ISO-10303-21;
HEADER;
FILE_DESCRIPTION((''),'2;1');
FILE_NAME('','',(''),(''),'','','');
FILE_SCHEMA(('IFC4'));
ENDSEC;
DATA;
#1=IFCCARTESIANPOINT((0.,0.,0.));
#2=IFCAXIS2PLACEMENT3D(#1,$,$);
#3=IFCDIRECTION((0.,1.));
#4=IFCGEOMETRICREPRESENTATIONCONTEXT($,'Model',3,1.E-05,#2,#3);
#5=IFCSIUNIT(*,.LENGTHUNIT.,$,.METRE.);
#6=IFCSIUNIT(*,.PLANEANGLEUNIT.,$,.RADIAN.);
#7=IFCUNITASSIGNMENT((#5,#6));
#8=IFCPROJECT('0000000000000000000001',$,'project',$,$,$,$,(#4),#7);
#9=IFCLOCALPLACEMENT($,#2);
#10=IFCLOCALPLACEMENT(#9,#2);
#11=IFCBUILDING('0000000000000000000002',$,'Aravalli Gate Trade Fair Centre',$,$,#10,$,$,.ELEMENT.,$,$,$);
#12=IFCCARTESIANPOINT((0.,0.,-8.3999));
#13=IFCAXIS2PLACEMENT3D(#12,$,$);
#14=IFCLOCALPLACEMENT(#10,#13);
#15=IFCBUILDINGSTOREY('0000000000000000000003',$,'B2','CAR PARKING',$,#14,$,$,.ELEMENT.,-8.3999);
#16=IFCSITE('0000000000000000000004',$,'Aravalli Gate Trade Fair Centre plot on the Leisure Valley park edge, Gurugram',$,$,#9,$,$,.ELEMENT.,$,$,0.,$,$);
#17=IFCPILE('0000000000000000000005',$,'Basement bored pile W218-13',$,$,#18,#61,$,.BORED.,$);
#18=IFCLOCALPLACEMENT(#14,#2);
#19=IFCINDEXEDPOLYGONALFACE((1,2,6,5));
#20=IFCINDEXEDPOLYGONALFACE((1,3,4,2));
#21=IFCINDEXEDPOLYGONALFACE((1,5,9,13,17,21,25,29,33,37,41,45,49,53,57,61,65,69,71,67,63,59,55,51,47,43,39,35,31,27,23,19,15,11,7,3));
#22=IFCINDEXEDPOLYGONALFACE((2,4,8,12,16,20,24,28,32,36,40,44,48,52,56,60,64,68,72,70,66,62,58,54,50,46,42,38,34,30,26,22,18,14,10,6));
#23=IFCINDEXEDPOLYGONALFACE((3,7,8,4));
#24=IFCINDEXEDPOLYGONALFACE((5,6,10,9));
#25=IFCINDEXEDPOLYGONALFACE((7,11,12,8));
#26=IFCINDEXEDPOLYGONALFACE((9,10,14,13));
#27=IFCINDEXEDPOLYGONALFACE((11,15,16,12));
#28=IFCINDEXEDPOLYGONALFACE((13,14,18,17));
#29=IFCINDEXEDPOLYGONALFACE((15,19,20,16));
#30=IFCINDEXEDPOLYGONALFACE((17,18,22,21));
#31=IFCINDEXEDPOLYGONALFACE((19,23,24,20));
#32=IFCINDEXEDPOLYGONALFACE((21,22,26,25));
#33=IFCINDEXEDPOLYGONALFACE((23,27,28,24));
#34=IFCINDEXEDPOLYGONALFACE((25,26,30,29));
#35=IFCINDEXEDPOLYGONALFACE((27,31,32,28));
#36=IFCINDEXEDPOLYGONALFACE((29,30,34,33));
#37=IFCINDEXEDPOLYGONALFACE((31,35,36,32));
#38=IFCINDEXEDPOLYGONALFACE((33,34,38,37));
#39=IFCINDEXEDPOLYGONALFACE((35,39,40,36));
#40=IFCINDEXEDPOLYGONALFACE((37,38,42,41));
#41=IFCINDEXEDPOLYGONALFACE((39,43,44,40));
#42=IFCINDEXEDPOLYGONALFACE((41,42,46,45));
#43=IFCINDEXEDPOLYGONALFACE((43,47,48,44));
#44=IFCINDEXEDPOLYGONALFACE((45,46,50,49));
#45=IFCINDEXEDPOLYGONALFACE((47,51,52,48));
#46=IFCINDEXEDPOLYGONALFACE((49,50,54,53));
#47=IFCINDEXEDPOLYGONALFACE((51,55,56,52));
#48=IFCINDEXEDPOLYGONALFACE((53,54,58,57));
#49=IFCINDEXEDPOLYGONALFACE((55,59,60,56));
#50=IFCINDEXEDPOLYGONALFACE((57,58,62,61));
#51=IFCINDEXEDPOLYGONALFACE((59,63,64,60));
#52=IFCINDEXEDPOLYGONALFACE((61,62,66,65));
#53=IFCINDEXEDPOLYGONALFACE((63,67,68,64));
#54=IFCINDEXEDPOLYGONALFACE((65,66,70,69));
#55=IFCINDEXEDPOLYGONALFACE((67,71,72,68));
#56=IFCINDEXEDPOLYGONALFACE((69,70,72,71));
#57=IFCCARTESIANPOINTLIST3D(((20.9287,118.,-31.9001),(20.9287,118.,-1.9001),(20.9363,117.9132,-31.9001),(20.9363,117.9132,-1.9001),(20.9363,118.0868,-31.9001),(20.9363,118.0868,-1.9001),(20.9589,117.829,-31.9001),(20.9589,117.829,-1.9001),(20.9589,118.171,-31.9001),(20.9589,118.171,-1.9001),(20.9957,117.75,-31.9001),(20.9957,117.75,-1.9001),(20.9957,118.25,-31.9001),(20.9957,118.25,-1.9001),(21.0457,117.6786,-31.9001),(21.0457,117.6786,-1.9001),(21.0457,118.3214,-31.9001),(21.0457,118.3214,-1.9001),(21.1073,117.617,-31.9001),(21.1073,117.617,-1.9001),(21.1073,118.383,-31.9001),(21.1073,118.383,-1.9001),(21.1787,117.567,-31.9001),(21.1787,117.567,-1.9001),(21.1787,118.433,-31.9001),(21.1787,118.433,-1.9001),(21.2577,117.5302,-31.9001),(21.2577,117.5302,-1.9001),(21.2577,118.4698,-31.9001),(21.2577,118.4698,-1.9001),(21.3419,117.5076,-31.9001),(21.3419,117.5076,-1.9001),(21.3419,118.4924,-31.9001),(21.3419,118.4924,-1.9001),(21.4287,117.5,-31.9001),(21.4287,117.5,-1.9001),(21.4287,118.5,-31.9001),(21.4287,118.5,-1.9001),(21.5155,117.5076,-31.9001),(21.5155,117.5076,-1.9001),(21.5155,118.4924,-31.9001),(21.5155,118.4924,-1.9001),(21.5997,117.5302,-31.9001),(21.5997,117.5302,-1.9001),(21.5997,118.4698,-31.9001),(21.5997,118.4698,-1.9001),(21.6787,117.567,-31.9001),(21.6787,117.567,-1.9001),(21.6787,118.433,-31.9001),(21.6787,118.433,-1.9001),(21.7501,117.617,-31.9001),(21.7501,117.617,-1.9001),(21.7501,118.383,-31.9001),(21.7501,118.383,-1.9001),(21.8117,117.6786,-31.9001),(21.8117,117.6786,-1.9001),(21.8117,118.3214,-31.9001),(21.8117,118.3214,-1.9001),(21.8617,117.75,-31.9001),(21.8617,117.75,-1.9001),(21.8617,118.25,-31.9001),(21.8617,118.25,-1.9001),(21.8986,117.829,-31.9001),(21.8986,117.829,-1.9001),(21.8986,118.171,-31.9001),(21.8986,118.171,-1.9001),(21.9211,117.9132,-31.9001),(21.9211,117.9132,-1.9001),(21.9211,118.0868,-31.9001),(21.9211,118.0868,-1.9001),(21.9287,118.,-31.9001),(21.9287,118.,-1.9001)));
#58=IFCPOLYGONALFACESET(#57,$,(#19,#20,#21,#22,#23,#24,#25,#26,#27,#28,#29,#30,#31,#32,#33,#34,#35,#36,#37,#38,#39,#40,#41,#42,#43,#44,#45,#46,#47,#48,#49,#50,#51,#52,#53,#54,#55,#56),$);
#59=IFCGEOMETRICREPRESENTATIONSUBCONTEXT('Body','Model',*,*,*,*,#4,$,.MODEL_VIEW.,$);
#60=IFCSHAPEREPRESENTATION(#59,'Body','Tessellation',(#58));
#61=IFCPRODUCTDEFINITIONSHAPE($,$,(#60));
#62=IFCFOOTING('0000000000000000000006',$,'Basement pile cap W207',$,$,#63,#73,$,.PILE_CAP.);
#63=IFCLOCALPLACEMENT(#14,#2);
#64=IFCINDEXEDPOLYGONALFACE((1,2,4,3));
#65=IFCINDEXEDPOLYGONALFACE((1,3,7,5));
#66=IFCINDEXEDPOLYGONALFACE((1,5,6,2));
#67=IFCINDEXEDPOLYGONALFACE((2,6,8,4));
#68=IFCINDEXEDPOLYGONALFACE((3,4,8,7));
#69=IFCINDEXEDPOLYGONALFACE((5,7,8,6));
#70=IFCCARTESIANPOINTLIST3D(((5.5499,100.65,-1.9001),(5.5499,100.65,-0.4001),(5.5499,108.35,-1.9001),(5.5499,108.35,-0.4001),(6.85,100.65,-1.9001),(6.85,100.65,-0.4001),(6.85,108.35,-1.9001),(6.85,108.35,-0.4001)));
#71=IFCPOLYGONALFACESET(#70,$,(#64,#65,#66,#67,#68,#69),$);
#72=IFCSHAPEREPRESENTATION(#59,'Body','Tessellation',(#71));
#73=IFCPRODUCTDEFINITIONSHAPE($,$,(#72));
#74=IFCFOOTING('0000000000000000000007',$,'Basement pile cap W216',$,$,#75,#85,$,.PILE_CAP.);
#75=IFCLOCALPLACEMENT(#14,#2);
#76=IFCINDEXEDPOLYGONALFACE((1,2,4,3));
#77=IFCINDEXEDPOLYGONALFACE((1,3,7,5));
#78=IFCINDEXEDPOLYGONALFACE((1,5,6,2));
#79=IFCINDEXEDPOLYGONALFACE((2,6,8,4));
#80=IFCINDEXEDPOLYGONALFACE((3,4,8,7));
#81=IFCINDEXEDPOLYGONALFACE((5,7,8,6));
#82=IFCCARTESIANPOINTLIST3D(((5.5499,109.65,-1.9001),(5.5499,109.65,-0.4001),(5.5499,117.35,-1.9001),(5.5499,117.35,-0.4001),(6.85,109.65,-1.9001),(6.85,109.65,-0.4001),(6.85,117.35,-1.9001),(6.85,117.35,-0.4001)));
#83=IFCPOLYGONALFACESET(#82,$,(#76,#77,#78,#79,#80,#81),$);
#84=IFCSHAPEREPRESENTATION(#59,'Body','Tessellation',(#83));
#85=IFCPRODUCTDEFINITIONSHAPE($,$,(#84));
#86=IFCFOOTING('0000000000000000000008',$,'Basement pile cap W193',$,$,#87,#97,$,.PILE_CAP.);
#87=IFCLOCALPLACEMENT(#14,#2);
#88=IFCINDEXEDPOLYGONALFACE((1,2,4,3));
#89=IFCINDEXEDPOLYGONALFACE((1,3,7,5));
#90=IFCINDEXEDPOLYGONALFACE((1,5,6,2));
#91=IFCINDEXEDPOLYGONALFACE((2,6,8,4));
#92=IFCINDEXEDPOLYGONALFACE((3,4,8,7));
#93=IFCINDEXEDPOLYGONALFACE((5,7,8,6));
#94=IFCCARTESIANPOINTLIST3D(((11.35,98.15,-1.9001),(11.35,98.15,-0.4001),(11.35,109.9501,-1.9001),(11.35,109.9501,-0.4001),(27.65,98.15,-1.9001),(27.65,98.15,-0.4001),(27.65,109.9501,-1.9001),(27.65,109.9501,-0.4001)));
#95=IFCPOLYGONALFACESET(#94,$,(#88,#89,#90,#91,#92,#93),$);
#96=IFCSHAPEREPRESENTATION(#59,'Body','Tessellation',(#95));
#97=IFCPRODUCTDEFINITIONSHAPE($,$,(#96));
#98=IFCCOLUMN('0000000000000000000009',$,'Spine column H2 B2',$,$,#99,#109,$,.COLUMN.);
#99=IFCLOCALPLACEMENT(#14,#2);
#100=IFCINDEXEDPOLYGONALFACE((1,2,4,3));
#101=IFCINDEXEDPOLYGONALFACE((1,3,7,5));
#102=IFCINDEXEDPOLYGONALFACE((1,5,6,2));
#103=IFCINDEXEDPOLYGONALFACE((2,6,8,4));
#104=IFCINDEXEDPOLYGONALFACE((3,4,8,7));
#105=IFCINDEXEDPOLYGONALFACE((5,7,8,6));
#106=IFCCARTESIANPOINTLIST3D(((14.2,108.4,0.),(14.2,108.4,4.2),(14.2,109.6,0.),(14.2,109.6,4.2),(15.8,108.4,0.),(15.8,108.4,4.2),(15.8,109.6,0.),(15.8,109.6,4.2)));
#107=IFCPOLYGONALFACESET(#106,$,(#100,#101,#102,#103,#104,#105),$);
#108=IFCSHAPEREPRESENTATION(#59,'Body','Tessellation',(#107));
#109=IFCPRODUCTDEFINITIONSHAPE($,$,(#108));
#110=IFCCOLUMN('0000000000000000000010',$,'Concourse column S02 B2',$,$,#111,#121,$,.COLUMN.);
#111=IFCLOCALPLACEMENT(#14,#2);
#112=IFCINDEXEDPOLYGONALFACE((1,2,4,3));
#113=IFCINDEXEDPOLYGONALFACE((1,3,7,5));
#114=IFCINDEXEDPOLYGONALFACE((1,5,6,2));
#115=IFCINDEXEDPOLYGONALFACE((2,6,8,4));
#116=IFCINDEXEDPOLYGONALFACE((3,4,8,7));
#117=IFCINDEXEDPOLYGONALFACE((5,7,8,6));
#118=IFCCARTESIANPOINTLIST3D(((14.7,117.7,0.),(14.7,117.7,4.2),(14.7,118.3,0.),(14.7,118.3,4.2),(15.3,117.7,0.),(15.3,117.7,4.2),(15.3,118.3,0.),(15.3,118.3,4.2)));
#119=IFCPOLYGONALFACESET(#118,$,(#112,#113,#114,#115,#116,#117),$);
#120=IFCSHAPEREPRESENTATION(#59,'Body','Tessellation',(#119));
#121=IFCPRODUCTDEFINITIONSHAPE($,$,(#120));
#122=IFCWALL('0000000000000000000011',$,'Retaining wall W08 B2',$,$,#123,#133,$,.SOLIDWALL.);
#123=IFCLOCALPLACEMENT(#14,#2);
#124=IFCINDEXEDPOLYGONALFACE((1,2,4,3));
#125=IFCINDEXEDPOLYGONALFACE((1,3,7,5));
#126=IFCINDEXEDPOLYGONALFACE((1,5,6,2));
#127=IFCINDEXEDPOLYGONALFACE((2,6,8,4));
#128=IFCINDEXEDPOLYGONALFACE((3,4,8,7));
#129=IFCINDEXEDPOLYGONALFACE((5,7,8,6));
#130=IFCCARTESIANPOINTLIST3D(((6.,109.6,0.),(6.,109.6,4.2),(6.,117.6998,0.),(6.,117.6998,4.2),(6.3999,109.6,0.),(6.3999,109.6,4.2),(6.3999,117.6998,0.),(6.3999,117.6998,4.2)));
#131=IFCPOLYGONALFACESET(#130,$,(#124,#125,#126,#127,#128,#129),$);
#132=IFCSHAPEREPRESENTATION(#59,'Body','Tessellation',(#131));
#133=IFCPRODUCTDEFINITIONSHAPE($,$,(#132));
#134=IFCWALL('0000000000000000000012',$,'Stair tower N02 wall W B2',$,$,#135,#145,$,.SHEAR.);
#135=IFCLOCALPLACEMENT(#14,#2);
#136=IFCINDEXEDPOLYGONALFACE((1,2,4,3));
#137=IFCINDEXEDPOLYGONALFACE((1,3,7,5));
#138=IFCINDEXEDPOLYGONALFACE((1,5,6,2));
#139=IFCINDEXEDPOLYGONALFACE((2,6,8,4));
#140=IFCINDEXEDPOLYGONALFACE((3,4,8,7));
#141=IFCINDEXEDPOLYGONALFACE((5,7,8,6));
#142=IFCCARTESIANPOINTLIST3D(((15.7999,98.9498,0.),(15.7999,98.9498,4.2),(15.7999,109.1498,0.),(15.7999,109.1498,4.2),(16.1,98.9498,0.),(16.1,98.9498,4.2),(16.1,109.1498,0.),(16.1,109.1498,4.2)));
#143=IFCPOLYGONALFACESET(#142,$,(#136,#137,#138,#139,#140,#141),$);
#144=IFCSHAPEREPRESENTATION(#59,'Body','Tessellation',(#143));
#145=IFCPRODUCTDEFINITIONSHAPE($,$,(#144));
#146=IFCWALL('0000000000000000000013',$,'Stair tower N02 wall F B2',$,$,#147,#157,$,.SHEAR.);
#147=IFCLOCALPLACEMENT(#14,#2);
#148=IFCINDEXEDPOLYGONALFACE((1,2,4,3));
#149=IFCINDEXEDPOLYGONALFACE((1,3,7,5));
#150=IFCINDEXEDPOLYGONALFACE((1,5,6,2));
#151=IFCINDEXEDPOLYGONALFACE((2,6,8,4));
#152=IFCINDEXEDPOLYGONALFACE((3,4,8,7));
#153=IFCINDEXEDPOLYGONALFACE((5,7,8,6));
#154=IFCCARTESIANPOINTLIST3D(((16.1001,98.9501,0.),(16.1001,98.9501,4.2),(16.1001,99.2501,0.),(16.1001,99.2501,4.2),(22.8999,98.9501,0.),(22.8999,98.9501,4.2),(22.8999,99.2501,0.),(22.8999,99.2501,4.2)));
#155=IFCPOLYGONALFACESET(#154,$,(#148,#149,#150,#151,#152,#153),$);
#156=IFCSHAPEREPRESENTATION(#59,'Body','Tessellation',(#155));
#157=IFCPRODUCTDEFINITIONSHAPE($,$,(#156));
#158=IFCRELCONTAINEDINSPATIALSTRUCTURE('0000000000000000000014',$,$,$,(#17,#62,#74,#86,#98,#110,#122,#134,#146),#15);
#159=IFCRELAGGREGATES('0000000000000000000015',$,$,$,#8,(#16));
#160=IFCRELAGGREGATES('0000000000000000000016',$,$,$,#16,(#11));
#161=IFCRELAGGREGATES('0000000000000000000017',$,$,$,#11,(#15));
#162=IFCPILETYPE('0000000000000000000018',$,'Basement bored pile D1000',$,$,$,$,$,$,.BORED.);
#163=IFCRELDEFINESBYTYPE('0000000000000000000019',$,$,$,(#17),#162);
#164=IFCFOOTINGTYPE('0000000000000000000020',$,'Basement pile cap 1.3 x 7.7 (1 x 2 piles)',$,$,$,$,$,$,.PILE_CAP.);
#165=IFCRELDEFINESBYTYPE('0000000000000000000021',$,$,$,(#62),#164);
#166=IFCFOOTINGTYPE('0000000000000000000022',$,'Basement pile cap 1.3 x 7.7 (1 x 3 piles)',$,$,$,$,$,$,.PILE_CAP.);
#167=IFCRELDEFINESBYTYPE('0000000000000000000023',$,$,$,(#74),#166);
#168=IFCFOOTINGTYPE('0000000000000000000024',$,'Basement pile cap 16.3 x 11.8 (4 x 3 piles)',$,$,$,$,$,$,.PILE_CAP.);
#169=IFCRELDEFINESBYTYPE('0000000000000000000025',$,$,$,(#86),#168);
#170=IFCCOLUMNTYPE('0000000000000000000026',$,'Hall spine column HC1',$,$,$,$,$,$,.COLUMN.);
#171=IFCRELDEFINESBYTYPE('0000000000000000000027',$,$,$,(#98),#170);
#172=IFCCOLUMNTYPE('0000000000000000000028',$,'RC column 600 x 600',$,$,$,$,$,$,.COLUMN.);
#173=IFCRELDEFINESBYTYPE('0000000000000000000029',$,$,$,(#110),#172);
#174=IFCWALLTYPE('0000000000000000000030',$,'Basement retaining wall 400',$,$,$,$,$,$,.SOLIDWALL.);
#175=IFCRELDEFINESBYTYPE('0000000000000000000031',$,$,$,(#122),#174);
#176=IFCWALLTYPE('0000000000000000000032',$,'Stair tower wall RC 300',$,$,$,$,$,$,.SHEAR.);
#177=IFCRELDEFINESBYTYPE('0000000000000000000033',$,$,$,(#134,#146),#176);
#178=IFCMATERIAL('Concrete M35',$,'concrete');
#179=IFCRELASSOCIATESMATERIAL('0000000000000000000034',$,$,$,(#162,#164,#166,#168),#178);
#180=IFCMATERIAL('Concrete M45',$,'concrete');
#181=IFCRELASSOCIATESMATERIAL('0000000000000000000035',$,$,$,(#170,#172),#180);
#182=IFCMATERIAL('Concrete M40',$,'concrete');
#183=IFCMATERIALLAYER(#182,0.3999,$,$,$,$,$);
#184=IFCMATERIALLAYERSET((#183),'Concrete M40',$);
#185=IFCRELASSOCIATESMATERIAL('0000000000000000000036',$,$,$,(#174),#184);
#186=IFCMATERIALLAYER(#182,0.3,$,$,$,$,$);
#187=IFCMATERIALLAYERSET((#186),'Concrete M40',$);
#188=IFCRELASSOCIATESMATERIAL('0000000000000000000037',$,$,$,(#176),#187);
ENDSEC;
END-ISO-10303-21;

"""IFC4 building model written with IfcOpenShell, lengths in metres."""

from ifc_helpers import new_model, si_unit, direction, frame, frame_2d, origin, origin_2d, place, context, subcontext, project, spatial, rectangle, circle, extrude, material, layer, layer_set, material_profile, profile_set, type_object, element, save


model = new_model("IFC4")

# Units and contexts
model_context = context("Model", 3, precision=1e-05, world=origin(), true_north=direction((0.0, 1.0)))
body_context = subcontext(model_context, "Body", "Model", "MODEL_VIEW")
ifc_project = project(units=[si_unit("LENGTHUNIT", "METRE"), si_unit("PLANEANGLEUNIT", "RADIAN")], contexts=[model_context])

# Site, building, storey
site_placement = place(None, origin())
site = spatial("IfcSite", under=ifc_project, at=site_placement, Name="Aravalli Gate Trade Fair Centre plot on the Leisure Valley park edge, Gurugram", CompositionType="ELEMENT", RefElevation=0.0)
building_placement = place(site_placement, origin())
building = spatial("IfcBuilding", under=site, at=building_placement, Name="Aravalli Gate Trade Fair Centre", CompositionType="ELEMENT")
storey_placement = place(building_placement, frame((0.0, 0.0, -8.3999)))
storey = spatial("IfcBuildingStorey", under=building, at=storey_placement, Name="B2", Description="CAR PARKING", CompositionType="ELEMENT", Elevation=-8.3999)

# Pile
ifc_material_1 = material(Name="Concrete M35", Category="concrete")
ifc_material_profile_1 = material_profile(ifc_material_1, circle(Radius=0.5, at=origin_2d()), Name="D1000")
ifc_profile_set_1 = profile_set([ifc_material_profile_1], Name="Concrete M35")
pile_type = type_object("IfcPileType", Name="Basement bored pile D1000", PredefinedType="BORED", material=ifc_profile_set_1)
for number, where, z_axis, x_axis, name in (
    (1, (21.4287, 118.0, -1.9001), (0.0, 0.0, -1.0), (1.0, 0.0, 0.0), "Basement bored pile W218-13"),
):
    element("IfcPile", number, at=place(storey_placement, frame(where, z_axis=z_axis, x_axis=x_axis)), inside=storey, type_object=pile_type, Name=name, PredefinedType="BORED", context=body_context, shape_type="SweptSolid", body=[
        extrude(circle(Radius=0.5, at=origin_2d()), origin(), (0.0, 0.0, 1.0), 30.0),
    ])

# Footings
footing_type_1 = type_object("IfcFootingType", Name="Basement pile cap 1.3 x 7.7 (1 x 2 piles)", PredefinedType="PILE_CAP", material=ifc_material_1)
footing_1_placement = place(storey_placement, frame((6.2, 104.5, -1.9001), z_axis=(0.0, 0.0, 1.0), x_axis=(1.0, 0.0, 0.0)))
element("IfcFooting", 2, at=footing_1_placement, inside=storey, type_object=footing_type_1, Name="Basement pile cap W207", PredefinedType="PILE_CAP", context=body_context, shape_type="SweptSolid", body=[
    extrude(rectangle(XDim=1.3, YDim=7.7, at=origin_2d()), origin(), (0.0, 0.0, 1.0), 1.5),
])
footing_type_2 = type_object("IfcFootingType", Name="Basement pile cap 1.3 x 7.7 (1 x 3 piles)", PredefinedType="PILE_CAP", material=ifc_material_1)
footing_2_placement = place(storey_placement, frame((6.2, 113.5, -1.9001), z_axis=(0.0, 0.0, 1.0), x_axis=(1.0, 0.0, 0.0)))
element("IfcFooting", 3, at=footing_2_placement, inside=storey, type_object=footing_type_2, Name="Basement pile cap W216", PredefinedType="PILE_CAP", context=body_context, shape_type="SweptSolid", body=[
    extrude(rectangle(XDim=1.3, YDim=7.7, at=origin_2d()), origin(), (0.0, 0.0, 1.0), 1.5),
])
footing_type_3 = type_object("IfcFootingType", Name="Basement pile cap 16.3 x 11.8 (4 x 3 piles)", PredefinedType="PILE_CAP", material=ifc_material_1)
footing_3_placement = place(storey_placement, frame((19.5, 104.05, -1.9001), z_axis=(0.0, 0.0, 1.0), x_axis=(1.0, 0.0, 0.0)))
element("IfcFooting", 4, at=footing_3_placement, inside=storey, type_object=footing_type_3, Name="Basement pile cap W193", PredefinedType="PILE_CAP", context=body_context, shape_type="SweptSolid", body=[
    extrude(rectangle(XDim=16.3, YDim=11.8, at=origin_2d()), origin(), (0.0, 0.0, 1.0), 1.5),
])

# Columns
ifc_material_2 = material(Name="Concrete M45", Category="concrete")
ifc_material_profile_2 = material_profile(ifc_material_2, rectangle(XDim=1.6001, YDim=1.2, at=origin_2d()), Name="RC 1600x1200")
ifc_profile_set_2 = profile_set([ifc_material_profile_2], Name="Concrete M45")
column_type_1 = type_object("IfcColumnType", Name="Hall spine column HC1", PredefinedType="COLUMN", material=ifc_profile_set_2)
column_1_placement = place(storey_placement, frame((15.0, 109.0, 0.0), z_axis=(0.0, 0.0, 1.0), x_axis=(1.0, 0.0, 0.0)))
element("IfcColumn", 5, at=column_1_placement, inside=storey, type_object=column_type_1, Name="Spine column H2 B2", PredefinedType="COLUMN", context=body_context, shape_type="SweptSolid", body=[
    extrude(rectangle(XDim=1.6001, YDim=1.2, at=origin_2d()), origin(), (0.0, 0.0, 1.0), 4.2),
])
ifc_material_profile_3 = material_profile(ifc_material_2, rectangle(XDim=0.6001, YDim=0.6001, at=origin_2d()), Name="RC column 600 x 600")
ifc_profile_set_3 = profile_set([ifc_material_profile_3], Name="Concrete M45")
column_type_2 = type_object("IfcColumnType", Name="RC column 600 x 600", PredefinedType="COLUMN", material=ifc_profile_set_3)
column_2_placement = place(storey_placement, frame((15.0, 118.0, 0.0), z_axis=(0.0, 0.0, 1.0), x_axis=(1.0, 0.0, 0.0)))
element("IfcColumn", 6, at=column_2_placement, inside=storey, type_object=column_type_2, Name="Concourse column S02 B2", PredefinedType="COLUMN", context=body_context, shape_type="SweptSolid", body=[
    extrude(rectangle(XDim=0.6001, YDim=0.6001, at=origin_2d()), origin(), (0.0, 0.0, 1.0), 4.2),
])

# Walls
ifc_material_3 = material(Name="Concrete M40", Category="concrete")
ifc_layer_1 = layer(ifc_material_3, 0.3999)
ifc_layer_set_1 = layer_set([ifc_layer_1], Name="Concrete M40")
wall_type_1 = type_object("IfcWallType", Name="Basement retaining wall 400", PredefinedType="SOLIDWALL", material=ifc_layer_set_1)
wall_1_placement = place(storey_placement, frame((6.2, 109.6001, 0.0), z_axis=(0.0, 0.0, 1.0), x_axis=(0.0, 1.0, 0.0)))
element("IfcWall", 7, at=wall_1_placement, inside=storey, type_object=wall_type_1, Name="Retaining wall W08 B2", PredefinedType="SOLIDWALL", context=body_context, shape_type="SweptSolid", body=[
    extrude(rectangle(XDim=8.0999, YDim=0.3999, at=frame_2d((4.0498, 0.0))), origin(), (0.0, 0.0, 1.0), 4.2),
])
ifc_layer_2 = layer(ifc_material_3, 0.3)
ifc_layer_set_2 = layer_set([ifc_layer_2], Name="Concrete M40")
wall_type_2 = type_object("IfcWallType", Name="Stair tower wall RC 300", PredefinedType="SHEAR", material=ifc_layer_set_2)
wall_2_placement = place(storey_placement, frame((15.95, 109.1499, 0.0), z_axis=(0.0, 0.0, 1.0), x_axis=(0.0, -1.0, 0.0)))
element("IfcWall", 8, at=wall_2_placement, inside=storey, type_object=wall_type_2, Name="Stair tower N02 wall W B2", PredefinedType="SHEAR", context=body_context, shape_type="SweptSolid", body=[
    extrude(rectangle(XDim=10.2, YDim=0.3, at=frame_2d((5.1001, 0.0))), origin(), (0.0, 0.0, 1.0), 4.2),
])
wall_3_placement = place(storey_placement, frame((16.1001, 99.1001, 0.0), z_axis=(0.0, 0.0, 1.0), x_axis=(1.0, 0.0, 0.0)))
element("IfcWall", 9, at=wall_3_placement, inside=storey, type_object=wall_type_2, Name="Stair tower N02 wall F B2", PredefinedType="SHEAR", context=body_context, shape_type="SweptSolid", body=[
    extrude(rectangle(XDim=6.7998, YDim=0.3, at=frame_2d((3.3999, 0.0))), origin(), (0.0, 0.0, 1.0), 4.2),
])

save(model, "model.ifc")
